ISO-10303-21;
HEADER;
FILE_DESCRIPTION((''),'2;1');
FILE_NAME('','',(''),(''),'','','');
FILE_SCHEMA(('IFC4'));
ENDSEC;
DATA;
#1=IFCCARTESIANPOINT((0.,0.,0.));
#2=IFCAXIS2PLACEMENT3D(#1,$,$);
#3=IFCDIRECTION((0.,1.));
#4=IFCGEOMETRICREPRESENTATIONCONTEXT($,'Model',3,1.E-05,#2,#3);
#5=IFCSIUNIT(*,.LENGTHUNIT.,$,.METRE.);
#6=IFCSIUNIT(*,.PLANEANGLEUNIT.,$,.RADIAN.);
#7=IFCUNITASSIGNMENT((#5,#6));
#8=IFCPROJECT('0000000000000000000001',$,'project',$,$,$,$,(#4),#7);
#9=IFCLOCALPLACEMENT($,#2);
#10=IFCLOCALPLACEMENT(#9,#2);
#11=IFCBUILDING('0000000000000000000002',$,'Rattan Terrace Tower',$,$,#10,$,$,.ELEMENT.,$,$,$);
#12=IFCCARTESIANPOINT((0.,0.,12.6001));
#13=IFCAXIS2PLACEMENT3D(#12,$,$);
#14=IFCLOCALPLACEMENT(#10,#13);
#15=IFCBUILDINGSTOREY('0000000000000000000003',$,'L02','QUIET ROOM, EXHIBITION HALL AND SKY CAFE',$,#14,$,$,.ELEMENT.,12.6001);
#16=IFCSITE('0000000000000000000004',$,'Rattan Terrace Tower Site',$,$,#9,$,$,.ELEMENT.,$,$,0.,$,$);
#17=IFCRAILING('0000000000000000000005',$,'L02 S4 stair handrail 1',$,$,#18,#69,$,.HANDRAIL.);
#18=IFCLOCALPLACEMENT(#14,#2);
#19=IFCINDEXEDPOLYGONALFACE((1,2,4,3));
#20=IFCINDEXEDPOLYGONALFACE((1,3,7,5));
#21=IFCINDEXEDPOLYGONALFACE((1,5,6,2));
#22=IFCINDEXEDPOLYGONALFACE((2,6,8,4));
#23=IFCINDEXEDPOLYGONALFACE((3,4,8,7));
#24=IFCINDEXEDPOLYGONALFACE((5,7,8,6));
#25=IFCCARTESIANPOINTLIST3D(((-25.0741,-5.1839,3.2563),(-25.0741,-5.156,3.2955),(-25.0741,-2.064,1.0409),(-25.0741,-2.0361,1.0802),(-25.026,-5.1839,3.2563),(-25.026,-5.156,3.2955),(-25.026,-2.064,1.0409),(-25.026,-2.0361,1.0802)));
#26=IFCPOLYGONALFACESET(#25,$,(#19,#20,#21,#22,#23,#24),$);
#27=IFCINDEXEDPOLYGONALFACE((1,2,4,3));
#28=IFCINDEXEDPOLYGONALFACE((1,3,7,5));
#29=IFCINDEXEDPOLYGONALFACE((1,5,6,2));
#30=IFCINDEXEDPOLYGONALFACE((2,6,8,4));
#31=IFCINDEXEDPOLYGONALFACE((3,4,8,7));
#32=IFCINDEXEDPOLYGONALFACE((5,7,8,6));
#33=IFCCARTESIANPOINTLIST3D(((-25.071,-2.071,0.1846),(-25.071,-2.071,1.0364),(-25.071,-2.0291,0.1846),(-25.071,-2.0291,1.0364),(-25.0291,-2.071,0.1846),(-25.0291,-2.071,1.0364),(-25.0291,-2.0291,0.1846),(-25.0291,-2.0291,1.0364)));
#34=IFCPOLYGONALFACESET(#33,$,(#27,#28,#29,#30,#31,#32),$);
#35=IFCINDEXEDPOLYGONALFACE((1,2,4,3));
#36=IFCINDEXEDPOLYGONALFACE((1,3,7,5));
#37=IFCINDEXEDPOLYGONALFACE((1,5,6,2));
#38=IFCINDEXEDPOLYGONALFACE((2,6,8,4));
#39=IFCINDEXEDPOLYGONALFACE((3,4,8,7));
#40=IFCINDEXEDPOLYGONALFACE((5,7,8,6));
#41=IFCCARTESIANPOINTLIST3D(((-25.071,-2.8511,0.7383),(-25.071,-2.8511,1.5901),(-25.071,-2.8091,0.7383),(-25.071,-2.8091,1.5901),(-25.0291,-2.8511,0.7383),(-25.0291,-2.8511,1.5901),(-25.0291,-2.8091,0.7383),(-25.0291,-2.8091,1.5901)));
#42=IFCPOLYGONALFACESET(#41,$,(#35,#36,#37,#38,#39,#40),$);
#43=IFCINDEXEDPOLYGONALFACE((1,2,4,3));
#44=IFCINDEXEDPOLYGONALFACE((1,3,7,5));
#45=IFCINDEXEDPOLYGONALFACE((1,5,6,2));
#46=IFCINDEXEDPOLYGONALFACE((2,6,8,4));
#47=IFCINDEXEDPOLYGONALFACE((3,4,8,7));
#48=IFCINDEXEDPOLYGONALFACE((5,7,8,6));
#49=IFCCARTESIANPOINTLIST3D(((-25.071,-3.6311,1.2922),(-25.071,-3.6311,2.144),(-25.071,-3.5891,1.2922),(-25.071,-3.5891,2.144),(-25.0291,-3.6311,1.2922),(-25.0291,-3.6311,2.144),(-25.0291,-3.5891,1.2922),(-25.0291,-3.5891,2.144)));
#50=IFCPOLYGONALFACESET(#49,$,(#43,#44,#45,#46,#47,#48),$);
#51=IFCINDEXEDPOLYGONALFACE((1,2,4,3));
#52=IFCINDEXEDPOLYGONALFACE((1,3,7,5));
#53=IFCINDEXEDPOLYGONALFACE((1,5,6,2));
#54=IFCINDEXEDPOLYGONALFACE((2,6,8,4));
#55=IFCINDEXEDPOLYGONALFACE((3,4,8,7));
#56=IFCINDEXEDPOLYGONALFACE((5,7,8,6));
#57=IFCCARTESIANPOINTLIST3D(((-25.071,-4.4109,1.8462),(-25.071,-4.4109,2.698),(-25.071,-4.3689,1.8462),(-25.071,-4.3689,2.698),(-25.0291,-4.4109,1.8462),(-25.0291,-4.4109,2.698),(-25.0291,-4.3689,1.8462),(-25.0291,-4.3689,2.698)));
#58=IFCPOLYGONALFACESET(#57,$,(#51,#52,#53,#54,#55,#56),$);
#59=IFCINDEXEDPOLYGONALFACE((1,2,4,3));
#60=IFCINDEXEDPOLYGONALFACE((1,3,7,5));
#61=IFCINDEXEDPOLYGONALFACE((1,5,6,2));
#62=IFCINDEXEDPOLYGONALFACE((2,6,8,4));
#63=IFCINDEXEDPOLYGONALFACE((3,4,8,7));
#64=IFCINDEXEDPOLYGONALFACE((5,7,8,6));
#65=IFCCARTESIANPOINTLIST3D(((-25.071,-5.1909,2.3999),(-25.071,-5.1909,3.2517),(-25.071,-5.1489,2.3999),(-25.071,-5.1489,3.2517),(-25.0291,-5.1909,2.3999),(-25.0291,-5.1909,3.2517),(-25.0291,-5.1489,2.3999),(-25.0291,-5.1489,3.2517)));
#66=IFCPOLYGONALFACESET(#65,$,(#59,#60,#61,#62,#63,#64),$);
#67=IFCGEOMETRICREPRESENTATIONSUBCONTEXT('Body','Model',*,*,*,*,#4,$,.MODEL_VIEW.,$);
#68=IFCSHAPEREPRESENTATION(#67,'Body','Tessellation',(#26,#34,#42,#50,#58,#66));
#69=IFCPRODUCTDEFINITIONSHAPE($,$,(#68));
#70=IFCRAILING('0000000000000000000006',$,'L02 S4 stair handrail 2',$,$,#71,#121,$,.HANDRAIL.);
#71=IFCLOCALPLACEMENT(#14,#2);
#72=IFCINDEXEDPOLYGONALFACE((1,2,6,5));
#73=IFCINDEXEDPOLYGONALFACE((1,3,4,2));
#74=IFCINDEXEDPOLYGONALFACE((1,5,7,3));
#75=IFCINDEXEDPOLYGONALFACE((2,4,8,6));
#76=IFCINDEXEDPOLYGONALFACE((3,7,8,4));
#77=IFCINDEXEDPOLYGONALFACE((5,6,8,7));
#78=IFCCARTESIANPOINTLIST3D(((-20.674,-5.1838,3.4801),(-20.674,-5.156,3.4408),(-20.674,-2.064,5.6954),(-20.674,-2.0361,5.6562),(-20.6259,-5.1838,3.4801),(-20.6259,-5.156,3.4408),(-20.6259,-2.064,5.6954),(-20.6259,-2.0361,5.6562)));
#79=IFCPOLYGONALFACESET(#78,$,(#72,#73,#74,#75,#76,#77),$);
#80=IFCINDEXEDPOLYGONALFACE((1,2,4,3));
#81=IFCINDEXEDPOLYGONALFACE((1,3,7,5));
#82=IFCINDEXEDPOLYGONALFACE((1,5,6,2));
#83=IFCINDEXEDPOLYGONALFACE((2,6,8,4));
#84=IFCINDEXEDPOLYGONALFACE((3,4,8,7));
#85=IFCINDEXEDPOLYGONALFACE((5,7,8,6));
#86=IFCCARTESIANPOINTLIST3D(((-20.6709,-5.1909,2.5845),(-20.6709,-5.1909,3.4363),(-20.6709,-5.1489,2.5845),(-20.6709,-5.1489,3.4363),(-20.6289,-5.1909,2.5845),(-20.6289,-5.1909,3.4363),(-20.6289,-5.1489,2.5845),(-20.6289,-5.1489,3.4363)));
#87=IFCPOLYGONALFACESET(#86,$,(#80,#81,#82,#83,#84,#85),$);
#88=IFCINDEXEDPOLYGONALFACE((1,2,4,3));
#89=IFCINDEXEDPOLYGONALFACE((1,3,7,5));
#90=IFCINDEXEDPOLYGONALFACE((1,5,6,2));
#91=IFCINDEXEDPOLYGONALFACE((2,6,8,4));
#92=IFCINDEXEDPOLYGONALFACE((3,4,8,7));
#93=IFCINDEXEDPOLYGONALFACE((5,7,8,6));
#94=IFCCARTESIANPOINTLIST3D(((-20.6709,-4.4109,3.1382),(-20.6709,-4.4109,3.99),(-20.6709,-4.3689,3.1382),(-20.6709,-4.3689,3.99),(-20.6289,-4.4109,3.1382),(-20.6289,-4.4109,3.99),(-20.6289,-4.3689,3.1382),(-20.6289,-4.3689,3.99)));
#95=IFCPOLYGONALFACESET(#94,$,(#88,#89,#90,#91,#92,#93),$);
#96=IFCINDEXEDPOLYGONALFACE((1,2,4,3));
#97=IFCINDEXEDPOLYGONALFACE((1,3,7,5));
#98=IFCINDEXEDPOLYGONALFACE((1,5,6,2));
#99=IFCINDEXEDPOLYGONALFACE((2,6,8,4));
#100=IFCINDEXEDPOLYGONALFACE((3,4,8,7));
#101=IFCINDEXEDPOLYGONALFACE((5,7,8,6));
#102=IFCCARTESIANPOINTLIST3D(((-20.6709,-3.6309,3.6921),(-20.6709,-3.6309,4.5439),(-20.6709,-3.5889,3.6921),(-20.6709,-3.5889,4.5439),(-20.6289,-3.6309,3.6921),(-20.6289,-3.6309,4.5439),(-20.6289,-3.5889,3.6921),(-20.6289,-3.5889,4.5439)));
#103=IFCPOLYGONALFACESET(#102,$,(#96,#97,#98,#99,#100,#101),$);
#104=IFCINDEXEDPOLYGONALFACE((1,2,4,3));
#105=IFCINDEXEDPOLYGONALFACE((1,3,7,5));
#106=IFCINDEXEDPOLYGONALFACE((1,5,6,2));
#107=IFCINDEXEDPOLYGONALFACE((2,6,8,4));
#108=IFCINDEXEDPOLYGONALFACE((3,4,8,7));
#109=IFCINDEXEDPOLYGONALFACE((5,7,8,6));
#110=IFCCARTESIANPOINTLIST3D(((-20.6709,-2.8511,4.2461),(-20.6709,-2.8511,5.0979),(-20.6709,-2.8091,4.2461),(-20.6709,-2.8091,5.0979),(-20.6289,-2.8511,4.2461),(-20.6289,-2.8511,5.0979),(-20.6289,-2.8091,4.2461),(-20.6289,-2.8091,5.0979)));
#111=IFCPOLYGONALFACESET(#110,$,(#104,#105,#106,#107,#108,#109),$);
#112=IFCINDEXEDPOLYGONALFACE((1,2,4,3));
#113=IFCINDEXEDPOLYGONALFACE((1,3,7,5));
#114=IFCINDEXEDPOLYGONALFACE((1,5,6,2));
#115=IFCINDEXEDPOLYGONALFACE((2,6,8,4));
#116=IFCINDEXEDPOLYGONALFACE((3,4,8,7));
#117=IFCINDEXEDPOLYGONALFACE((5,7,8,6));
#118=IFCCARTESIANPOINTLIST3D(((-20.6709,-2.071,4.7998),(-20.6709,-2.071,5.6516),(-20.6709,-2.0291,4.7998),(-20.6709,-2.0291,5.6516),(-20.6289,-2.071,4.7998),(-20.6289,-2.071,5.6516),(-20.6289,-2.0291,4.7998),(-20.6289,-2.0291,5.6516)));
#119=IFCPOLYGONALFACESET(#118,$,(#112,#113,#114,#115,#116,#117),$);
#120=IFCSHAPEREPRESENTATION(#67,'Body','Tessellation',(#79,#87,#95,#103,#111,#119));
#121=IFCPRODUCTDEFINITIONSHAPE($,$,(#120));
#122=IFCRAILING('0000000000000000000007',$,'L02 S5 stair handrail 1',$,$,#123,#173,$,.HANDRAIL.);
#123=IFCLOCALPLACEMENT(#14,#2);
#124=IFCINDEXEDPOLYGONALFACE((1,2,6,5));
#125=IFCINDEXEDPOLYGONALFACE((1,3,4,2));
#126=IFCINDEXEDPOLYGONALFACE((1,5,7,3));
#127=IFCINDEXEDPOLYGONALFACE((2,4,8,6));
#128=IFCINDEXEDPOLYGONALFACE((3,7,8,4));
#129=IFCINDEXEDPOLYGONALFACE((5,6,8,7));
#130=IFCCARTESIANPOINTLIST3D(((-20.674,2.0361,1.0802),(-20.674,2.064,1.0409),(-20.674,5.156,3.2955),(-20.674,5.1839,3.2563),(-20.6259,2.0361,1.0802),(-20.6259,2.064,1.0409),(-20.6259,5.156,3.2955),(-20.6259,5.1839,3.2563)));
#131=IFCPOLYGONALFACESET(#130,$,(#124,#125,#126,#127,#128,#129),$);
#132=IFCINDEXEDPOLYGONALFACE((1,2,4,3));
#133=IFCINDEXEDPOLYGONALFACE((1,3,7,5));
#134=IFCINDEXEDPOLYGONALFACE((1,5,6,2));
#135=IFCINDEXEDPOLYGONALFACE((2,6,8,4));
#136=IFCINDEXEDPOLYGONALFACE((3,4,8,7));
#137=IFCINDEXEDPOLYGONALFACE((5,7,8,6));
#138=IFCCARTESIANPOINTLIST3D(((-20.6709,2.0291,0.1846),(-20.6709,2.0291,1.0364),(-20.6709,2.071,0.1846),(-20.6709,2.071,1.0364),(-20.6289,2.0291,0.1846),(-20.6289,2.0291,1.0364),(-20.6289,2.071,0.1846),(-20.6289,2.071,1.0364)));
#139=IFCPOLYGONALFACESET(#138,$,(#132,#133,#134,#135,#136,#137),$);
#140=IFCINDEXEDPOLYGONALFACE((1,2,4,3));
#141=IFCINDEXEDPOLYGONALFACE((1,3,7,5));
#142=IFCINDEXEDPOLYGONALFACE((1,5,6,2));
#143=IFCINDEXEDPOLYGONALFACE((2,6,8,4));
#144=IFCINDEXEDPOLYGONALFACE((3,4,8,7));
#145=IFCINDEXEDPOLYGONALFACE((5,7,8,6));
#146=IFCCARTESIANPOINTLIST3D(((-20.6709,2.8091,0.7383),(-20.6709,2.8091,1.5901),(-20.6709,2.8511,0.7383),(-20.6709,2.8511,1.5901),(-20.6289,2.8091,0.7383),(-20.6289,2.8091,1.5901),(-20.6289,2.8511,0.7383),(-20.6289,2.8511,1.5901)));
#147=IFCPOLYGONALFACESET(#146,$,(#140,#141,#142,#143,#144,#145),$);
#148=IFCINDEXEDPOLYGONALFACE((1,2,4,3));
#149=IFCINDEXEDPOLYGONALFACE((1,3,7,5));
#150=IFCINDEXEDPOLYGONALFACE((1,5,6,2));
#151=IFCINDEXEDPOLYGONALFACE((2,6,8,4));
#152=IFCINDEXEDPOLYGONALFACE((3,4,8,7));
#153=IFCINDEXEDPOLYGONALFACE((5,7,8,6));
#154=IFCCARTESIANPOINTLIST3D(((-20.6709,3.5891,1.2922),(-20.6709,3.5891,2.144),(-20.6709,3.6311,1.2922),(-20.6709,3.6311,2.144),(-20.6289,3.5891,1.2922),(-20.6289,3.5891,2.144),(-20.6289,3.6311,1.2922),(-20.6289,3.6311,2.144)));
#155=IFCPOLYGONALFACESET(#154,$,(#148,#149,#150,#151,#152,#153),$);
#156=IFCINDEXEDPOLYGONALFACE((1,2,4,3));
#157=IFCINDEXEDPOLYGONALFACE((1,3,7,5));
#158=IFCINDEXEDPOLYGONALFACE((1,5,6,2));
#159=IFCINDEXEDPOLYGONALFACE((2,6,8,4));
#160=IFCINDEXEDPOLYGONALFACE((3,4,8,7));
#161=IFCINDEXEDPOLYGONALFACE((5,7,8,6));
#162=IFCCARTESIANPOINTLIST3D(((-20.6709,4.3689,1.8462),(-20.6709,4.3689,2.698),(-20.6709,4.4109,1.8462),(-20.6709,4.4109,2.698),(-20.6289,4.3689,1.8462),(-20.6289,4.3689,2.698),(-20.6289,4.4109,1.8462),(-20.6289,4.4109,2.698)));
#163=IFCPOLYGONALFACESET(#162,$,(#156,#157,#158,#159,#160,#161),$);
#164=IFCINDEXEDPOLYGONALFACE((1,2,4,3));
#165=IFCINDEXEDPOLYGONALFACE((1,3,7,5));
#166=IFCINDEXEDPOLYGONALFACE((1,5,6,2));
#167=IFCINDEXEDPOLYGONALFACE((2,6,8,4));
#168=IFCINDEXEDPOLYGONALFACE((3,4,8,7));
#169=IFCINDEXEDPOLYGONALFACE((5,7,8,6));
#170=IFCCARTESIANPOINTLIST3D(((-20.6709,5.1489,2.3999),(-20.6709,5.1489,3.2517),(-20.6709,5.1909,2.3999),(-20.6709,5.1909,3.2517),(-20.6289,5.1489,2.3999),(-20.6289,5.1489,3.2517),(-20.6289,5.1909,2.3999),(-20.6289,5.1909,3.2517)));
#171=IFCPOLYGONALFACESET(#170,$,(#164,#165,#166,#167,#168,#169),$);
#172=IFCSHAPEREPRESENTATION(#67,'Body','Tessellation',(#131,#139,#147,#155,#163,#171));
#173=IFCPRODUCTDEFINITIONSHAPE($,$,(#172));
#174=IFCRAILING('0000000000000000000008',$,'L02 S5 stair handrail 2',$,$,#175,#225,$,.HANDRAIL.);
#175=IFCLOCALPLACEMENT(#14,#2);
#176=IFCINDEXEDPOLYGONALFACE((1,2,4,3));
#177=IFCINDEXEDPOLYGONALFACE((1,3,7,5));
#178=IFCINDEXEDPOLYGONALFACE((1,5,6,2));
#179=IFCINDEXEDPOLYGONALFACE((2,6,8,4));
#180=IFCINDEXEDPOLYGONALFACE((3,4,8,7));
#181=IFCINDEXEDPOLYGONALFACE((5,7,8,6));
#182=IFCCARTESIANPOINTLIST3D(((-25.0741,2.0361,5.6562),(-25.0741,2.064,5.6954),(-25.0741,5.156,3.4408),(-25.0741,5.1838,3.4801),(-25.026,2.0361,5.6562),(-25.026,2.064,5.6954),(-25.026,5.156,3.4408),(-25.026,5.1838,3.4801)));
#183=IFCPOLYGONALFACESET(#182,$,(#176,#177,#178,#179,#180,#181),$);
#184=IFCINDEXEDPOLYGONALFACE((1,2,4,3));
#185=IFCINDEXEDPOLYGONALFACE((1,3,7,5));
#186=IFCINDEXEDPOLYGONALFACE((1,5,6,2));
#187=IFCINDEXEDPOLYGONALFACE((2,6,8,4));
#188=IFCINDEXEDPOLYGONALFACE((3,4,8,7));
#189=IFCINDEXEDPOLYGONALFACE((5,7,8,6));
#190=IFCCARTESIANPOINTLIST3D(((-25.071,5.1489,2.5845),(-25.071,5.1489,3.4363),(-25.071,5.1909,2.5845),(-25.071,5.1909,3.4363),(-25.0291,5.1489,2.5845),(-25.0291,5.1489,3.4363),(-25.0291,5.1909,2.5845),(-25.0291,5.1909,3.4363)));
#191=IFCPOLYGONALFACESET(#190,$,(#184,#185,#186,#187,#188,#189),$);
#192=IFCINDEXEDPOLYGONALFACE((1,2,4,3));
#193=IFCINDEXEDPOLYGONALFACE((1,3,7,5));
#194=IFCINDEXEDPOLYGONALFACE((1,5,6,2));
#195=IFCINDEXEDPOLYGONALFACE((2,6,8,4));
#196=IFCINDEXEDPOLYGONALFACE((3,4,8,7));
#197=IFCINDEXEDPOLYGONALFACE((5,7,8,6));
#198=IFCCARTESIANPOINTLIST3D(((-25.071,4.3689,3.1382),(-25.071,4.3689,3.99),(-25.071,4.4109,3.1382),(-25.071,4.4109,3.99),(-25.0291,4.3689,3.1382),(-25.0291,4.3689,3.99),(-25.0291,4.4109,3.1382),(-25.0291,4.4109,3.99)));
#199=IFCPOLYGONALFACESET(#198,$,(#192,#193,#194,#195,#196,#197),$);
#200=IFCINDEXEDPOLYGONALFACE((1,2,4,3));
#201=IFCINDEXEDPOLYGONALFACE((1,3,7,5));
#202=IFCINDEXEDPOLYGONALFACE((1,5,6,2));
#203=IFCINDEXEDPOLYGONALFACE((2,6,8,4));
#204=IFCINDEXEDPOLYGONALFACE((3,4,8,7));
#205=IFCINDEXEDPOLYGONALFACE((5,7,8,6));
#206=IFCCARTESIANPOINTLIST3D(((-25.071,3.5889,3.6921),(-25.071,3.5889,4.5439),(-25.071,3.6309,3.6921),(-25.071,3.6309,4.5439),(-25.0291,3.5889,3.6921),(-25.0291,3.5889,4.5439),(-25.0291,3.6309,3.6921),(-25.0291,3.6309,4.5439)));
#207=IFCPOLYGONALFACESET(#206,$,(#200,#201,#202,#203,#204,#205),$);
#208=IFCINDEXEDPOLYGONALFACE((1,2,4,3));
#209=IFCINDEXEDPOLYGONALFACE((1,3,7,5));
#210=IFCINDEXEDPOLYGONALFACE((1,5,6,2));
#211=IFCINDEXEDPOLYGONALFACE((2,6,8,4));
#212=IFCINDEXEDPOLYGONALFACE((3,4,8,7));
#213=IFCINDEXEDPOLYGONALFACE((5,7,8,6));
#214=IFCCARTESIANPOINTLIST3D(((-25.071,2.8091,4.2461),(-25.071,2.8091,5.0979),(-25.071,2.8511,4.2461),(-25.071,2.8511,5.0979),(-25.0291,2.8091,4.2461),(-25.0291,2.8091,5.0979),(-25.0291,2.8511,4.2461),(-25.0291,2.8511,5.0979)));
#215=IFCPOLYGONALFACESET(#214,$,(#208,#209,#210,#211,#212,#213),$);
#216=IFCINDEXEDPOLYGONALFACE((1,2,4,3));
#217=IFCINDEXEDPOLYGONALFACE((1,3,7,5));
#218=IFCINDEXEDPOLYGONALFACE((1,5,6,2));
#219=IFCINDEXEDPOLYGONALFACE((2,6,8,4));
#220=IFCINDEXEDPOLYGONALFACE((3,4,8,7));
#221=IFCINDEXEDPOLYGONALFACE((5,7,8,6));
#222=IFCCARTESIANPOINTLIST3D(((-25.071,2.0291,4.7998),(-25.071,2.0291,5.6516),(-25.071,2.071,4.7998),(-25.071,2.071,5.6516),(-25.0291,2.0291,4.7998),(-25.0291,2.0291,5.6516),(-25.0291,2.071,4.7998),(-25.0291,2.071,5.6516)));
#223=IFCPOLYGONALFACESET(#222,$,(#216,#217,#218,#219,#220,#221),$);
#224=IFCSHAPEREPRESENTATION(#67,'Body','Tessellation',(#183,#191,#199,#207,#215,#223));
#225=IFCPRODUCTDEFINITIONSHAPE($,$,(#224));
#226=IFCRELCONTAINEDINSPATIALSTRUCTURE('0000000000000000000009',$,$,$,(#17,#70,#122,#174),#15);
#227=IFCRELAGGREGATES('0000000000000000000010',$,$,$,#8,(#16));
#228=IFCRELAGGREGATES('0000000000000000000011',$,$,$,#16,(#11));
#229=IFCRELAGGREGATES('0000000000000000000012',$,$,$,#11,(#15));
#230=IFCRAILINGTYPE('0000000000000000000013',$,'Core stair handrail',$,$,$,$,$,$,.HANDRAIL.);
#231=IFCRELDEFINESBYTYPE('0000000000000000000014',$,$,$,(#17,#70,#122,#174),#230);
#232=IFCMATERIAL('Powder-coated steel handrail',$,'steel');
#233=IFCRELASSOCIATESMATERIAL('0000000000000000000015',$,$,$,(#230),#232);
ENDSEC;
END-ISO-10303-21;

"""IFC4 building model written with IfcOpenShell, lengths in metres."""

from ifc_helpers import new_model, si_unit, direction, frame, origin, origin_2d, place, context, subcontext, project, spatial, rectangle, extrude, material, type_object, element, save


model = new_model("IFC4")

# Units and contexts
model_context = context("Model", 3, precision=1e-05, world=origin(), true_north=direction((0.0, 1.0)))
body_context = subcontext(model_context, "Body", "Model", "MODEL_VIEW")
ifc_project = project(units=[si_unit("LENGTHUNIT", "METRE"), si_unit("PLANEANGLEUNIT", "RADIAN")], contexts=[model_context])

# Site, building, storey
site_placement = place(None, origin())
site = spatial("IfcSite", under=ifc_project, at=site_placement, Name="Rattan Terrace Tower Site", CompositionType="ELEMENT", RefElevation=0.0)
building_placement = place(site_placement, origin())
building = spatial("IfcBuilding", under=site, at=building_placement, Name="Rattan Terrace Tower", CompositionType="ELEMENT")
storey_placement = place(building_placement, frame((0.0, 0.0, 12.6001)))
storey = spatial("IfcBuildingStorey", under=building, at=storey_placement, Name="L02", Description="QUIET ROOM, EXHIBITION HALL AND SKY CAFE", CompositionType="ELEMENT", Elevation=12.6001)

# Railings
ifc_material_1 = material(Name="Powder-coated steel handrail", Category="steel")
railing_type_1 = type_object("IfcRailingType", Name="Core stair handrail", PredefinedType="HANDRAIL", material=ifc_material_1)
railing_1_placement = place(storey_placement, frame((-25.05, -2.05, 0.1846)))
element("IfcRailing", 1, at=railing_1_placement, inside=storey, type_object=railing_type_1, Name="L02 S4 stair handrail 1", PredefinedType="HANDRAIL", context=body_context, shape_type="SweptSolid", body=[
    extrude(rectangle(XDim=0.0481, YDim=0.0481, at=origin_2d()), frame((0.0, 0.0, 0.876), z_axis=(0.0, -0.815356, 0.578961), x_axis=(1.0, 0.0, 0.0)), (0.0, 0.0, 1.0), 3.8264),
    extrude(rectangle(XDim=0.042, YDim=0.042, at=origin_2d()), origin(), (0.0, 0.0, 1.0), 0.8518),
    extrude(rectangle(XDim=0.042, YDim=0.042, at=origin_2d()), frame((0.0, -0.78, 0.5537)), (0.0, 0.0, 1.0), 0.8518),
    extrude(rectangle(XDim=0.042, YDim=0.042, at=origin_2d()), frame((0.0, -1.5601, 1.1077)), (0.0, 0.0, 1.0), 0.8518),
    extrude(rectangle(XDim=0.042, YDim=0.042, at=origin_2d()), frame((0.0, -2.3398, 1.6616)), (0.0, 0.0, 1.0), 0.8518),
    extrude(rectangle(XDim=0.042, YDim=0.042, at=origin_2d()), frame((0.0, -3.1199, 2.2153)), (0.0, 0.0, 1.0), 0.8518),
])
for number, where, name in (
    (2, (-20.6499, -5.1699, 2.5845), "L02 S4 stair handrail 2"),
    (3, (-20.6499, 2.05, 0.1846), "L02 S5 stair handrail 1"),
):
    element("IfcRailing", number, at=place(storey_placement, frame(where)), inside=storey, type_object=railing_type_1, Name=name, PredefinedType="HANDRAIL", context=body_context, shape_type="SweptSolid", body=[
        extrude(rectangle(XDim=0.0481, YDim=0.0481, at=origin_2d()), frame((0.0, 0.0, 0.876), z_axis=(0.0, 0.815356, 0.578961), x_axis=(-1.0, 0.0, 0.0)), (0.0, 0.0, 1.0), 3.8264),
        extrude(rectangle(XDim=0.042, YDim=0.042, at=origin_2d()), origin(), (0.0, 0.0, 1.0), 0.8518),
        extrude(rectangle(XDim=0.042, YDim=0.042, at=origin_2d()), frame((0.0, 0.78, 0.5537)), (0.0, 0.0, 1.0), 0.8518),
        extrude(rectangle(XDim=0.042, YDim=0.042, at=origin_2d()), frame((0.0, 1.5601, 1.1077)), (0.0, 0.0, 1.0), 0.8518),
        extrude(rectangle(XDim=0.042, YDim=0.042, at=origin_2d()), frame((0.0, 2.3398, 1.6616)), (0.0, 0.0, 1.0), 0.8518),
        extrude(rectangle(XDim=0.042, YDim=0.042, at=origin_2d()), frame((0.0, 3.1199, 2.2153)), (0.0, 0.0, 1.0), 0.8518),
    ])
railing_2_placement = place(storey_placement, frame((-25.05, 5.1699, 2.5845)))
element("IfcRailing", 4, at=railing_2_placement, inside=storey, type_object=railing_type_1, Name="L02 S5 stair handrail 2", PredefinedType="HANDRAIL", context=body_context, shape_type="SweptSolid", body=[
    extrude(rectangle(XDim=0.0481, YDim=0.0481, at=origin_2d()), frame((0.0, 0.0, 0.876), z_axis=(0.0, -0.815356, 0.578961), x_axis=(1.0, 0.0, 0.0)), (0.0, 0.0, 1.0), 3.8264),
    extrude(rectangle(XDim=0.042, YDim=0.042, at=origin_2d()), origin(), (0.0, 0.0, 1.0), 0.8518),
    extrude(rectangle(XDim=0.042, YDim=0.042, at=origin_2d()), frame((0.0, -0.78, 0.5537)), (0.0, 0.0, 1.0), 0.8518),
    extrude(rectangle(XDim=0.042, YDim=0.042, at=origin_2d()), frame((0.0, -1.5601, 1.1077)), (0.0, 0.0, 1.0), 0.8518),
    extrude(rectangle(XDim=0.042, YDim=0.042, at=origin_2d()), frame((0.0, -2.3398, 1.6616)), (0.0, 0.0, 1.0), 0.8518),
    extrude(rectangle(XDim=0.042, YDim=0.042, at=origin_2d()), frame((0.0, -3.1199, 2.2153)), (0.0, 0.0, 1.0), 0.8518),
])

save(model, "model.ifc")
